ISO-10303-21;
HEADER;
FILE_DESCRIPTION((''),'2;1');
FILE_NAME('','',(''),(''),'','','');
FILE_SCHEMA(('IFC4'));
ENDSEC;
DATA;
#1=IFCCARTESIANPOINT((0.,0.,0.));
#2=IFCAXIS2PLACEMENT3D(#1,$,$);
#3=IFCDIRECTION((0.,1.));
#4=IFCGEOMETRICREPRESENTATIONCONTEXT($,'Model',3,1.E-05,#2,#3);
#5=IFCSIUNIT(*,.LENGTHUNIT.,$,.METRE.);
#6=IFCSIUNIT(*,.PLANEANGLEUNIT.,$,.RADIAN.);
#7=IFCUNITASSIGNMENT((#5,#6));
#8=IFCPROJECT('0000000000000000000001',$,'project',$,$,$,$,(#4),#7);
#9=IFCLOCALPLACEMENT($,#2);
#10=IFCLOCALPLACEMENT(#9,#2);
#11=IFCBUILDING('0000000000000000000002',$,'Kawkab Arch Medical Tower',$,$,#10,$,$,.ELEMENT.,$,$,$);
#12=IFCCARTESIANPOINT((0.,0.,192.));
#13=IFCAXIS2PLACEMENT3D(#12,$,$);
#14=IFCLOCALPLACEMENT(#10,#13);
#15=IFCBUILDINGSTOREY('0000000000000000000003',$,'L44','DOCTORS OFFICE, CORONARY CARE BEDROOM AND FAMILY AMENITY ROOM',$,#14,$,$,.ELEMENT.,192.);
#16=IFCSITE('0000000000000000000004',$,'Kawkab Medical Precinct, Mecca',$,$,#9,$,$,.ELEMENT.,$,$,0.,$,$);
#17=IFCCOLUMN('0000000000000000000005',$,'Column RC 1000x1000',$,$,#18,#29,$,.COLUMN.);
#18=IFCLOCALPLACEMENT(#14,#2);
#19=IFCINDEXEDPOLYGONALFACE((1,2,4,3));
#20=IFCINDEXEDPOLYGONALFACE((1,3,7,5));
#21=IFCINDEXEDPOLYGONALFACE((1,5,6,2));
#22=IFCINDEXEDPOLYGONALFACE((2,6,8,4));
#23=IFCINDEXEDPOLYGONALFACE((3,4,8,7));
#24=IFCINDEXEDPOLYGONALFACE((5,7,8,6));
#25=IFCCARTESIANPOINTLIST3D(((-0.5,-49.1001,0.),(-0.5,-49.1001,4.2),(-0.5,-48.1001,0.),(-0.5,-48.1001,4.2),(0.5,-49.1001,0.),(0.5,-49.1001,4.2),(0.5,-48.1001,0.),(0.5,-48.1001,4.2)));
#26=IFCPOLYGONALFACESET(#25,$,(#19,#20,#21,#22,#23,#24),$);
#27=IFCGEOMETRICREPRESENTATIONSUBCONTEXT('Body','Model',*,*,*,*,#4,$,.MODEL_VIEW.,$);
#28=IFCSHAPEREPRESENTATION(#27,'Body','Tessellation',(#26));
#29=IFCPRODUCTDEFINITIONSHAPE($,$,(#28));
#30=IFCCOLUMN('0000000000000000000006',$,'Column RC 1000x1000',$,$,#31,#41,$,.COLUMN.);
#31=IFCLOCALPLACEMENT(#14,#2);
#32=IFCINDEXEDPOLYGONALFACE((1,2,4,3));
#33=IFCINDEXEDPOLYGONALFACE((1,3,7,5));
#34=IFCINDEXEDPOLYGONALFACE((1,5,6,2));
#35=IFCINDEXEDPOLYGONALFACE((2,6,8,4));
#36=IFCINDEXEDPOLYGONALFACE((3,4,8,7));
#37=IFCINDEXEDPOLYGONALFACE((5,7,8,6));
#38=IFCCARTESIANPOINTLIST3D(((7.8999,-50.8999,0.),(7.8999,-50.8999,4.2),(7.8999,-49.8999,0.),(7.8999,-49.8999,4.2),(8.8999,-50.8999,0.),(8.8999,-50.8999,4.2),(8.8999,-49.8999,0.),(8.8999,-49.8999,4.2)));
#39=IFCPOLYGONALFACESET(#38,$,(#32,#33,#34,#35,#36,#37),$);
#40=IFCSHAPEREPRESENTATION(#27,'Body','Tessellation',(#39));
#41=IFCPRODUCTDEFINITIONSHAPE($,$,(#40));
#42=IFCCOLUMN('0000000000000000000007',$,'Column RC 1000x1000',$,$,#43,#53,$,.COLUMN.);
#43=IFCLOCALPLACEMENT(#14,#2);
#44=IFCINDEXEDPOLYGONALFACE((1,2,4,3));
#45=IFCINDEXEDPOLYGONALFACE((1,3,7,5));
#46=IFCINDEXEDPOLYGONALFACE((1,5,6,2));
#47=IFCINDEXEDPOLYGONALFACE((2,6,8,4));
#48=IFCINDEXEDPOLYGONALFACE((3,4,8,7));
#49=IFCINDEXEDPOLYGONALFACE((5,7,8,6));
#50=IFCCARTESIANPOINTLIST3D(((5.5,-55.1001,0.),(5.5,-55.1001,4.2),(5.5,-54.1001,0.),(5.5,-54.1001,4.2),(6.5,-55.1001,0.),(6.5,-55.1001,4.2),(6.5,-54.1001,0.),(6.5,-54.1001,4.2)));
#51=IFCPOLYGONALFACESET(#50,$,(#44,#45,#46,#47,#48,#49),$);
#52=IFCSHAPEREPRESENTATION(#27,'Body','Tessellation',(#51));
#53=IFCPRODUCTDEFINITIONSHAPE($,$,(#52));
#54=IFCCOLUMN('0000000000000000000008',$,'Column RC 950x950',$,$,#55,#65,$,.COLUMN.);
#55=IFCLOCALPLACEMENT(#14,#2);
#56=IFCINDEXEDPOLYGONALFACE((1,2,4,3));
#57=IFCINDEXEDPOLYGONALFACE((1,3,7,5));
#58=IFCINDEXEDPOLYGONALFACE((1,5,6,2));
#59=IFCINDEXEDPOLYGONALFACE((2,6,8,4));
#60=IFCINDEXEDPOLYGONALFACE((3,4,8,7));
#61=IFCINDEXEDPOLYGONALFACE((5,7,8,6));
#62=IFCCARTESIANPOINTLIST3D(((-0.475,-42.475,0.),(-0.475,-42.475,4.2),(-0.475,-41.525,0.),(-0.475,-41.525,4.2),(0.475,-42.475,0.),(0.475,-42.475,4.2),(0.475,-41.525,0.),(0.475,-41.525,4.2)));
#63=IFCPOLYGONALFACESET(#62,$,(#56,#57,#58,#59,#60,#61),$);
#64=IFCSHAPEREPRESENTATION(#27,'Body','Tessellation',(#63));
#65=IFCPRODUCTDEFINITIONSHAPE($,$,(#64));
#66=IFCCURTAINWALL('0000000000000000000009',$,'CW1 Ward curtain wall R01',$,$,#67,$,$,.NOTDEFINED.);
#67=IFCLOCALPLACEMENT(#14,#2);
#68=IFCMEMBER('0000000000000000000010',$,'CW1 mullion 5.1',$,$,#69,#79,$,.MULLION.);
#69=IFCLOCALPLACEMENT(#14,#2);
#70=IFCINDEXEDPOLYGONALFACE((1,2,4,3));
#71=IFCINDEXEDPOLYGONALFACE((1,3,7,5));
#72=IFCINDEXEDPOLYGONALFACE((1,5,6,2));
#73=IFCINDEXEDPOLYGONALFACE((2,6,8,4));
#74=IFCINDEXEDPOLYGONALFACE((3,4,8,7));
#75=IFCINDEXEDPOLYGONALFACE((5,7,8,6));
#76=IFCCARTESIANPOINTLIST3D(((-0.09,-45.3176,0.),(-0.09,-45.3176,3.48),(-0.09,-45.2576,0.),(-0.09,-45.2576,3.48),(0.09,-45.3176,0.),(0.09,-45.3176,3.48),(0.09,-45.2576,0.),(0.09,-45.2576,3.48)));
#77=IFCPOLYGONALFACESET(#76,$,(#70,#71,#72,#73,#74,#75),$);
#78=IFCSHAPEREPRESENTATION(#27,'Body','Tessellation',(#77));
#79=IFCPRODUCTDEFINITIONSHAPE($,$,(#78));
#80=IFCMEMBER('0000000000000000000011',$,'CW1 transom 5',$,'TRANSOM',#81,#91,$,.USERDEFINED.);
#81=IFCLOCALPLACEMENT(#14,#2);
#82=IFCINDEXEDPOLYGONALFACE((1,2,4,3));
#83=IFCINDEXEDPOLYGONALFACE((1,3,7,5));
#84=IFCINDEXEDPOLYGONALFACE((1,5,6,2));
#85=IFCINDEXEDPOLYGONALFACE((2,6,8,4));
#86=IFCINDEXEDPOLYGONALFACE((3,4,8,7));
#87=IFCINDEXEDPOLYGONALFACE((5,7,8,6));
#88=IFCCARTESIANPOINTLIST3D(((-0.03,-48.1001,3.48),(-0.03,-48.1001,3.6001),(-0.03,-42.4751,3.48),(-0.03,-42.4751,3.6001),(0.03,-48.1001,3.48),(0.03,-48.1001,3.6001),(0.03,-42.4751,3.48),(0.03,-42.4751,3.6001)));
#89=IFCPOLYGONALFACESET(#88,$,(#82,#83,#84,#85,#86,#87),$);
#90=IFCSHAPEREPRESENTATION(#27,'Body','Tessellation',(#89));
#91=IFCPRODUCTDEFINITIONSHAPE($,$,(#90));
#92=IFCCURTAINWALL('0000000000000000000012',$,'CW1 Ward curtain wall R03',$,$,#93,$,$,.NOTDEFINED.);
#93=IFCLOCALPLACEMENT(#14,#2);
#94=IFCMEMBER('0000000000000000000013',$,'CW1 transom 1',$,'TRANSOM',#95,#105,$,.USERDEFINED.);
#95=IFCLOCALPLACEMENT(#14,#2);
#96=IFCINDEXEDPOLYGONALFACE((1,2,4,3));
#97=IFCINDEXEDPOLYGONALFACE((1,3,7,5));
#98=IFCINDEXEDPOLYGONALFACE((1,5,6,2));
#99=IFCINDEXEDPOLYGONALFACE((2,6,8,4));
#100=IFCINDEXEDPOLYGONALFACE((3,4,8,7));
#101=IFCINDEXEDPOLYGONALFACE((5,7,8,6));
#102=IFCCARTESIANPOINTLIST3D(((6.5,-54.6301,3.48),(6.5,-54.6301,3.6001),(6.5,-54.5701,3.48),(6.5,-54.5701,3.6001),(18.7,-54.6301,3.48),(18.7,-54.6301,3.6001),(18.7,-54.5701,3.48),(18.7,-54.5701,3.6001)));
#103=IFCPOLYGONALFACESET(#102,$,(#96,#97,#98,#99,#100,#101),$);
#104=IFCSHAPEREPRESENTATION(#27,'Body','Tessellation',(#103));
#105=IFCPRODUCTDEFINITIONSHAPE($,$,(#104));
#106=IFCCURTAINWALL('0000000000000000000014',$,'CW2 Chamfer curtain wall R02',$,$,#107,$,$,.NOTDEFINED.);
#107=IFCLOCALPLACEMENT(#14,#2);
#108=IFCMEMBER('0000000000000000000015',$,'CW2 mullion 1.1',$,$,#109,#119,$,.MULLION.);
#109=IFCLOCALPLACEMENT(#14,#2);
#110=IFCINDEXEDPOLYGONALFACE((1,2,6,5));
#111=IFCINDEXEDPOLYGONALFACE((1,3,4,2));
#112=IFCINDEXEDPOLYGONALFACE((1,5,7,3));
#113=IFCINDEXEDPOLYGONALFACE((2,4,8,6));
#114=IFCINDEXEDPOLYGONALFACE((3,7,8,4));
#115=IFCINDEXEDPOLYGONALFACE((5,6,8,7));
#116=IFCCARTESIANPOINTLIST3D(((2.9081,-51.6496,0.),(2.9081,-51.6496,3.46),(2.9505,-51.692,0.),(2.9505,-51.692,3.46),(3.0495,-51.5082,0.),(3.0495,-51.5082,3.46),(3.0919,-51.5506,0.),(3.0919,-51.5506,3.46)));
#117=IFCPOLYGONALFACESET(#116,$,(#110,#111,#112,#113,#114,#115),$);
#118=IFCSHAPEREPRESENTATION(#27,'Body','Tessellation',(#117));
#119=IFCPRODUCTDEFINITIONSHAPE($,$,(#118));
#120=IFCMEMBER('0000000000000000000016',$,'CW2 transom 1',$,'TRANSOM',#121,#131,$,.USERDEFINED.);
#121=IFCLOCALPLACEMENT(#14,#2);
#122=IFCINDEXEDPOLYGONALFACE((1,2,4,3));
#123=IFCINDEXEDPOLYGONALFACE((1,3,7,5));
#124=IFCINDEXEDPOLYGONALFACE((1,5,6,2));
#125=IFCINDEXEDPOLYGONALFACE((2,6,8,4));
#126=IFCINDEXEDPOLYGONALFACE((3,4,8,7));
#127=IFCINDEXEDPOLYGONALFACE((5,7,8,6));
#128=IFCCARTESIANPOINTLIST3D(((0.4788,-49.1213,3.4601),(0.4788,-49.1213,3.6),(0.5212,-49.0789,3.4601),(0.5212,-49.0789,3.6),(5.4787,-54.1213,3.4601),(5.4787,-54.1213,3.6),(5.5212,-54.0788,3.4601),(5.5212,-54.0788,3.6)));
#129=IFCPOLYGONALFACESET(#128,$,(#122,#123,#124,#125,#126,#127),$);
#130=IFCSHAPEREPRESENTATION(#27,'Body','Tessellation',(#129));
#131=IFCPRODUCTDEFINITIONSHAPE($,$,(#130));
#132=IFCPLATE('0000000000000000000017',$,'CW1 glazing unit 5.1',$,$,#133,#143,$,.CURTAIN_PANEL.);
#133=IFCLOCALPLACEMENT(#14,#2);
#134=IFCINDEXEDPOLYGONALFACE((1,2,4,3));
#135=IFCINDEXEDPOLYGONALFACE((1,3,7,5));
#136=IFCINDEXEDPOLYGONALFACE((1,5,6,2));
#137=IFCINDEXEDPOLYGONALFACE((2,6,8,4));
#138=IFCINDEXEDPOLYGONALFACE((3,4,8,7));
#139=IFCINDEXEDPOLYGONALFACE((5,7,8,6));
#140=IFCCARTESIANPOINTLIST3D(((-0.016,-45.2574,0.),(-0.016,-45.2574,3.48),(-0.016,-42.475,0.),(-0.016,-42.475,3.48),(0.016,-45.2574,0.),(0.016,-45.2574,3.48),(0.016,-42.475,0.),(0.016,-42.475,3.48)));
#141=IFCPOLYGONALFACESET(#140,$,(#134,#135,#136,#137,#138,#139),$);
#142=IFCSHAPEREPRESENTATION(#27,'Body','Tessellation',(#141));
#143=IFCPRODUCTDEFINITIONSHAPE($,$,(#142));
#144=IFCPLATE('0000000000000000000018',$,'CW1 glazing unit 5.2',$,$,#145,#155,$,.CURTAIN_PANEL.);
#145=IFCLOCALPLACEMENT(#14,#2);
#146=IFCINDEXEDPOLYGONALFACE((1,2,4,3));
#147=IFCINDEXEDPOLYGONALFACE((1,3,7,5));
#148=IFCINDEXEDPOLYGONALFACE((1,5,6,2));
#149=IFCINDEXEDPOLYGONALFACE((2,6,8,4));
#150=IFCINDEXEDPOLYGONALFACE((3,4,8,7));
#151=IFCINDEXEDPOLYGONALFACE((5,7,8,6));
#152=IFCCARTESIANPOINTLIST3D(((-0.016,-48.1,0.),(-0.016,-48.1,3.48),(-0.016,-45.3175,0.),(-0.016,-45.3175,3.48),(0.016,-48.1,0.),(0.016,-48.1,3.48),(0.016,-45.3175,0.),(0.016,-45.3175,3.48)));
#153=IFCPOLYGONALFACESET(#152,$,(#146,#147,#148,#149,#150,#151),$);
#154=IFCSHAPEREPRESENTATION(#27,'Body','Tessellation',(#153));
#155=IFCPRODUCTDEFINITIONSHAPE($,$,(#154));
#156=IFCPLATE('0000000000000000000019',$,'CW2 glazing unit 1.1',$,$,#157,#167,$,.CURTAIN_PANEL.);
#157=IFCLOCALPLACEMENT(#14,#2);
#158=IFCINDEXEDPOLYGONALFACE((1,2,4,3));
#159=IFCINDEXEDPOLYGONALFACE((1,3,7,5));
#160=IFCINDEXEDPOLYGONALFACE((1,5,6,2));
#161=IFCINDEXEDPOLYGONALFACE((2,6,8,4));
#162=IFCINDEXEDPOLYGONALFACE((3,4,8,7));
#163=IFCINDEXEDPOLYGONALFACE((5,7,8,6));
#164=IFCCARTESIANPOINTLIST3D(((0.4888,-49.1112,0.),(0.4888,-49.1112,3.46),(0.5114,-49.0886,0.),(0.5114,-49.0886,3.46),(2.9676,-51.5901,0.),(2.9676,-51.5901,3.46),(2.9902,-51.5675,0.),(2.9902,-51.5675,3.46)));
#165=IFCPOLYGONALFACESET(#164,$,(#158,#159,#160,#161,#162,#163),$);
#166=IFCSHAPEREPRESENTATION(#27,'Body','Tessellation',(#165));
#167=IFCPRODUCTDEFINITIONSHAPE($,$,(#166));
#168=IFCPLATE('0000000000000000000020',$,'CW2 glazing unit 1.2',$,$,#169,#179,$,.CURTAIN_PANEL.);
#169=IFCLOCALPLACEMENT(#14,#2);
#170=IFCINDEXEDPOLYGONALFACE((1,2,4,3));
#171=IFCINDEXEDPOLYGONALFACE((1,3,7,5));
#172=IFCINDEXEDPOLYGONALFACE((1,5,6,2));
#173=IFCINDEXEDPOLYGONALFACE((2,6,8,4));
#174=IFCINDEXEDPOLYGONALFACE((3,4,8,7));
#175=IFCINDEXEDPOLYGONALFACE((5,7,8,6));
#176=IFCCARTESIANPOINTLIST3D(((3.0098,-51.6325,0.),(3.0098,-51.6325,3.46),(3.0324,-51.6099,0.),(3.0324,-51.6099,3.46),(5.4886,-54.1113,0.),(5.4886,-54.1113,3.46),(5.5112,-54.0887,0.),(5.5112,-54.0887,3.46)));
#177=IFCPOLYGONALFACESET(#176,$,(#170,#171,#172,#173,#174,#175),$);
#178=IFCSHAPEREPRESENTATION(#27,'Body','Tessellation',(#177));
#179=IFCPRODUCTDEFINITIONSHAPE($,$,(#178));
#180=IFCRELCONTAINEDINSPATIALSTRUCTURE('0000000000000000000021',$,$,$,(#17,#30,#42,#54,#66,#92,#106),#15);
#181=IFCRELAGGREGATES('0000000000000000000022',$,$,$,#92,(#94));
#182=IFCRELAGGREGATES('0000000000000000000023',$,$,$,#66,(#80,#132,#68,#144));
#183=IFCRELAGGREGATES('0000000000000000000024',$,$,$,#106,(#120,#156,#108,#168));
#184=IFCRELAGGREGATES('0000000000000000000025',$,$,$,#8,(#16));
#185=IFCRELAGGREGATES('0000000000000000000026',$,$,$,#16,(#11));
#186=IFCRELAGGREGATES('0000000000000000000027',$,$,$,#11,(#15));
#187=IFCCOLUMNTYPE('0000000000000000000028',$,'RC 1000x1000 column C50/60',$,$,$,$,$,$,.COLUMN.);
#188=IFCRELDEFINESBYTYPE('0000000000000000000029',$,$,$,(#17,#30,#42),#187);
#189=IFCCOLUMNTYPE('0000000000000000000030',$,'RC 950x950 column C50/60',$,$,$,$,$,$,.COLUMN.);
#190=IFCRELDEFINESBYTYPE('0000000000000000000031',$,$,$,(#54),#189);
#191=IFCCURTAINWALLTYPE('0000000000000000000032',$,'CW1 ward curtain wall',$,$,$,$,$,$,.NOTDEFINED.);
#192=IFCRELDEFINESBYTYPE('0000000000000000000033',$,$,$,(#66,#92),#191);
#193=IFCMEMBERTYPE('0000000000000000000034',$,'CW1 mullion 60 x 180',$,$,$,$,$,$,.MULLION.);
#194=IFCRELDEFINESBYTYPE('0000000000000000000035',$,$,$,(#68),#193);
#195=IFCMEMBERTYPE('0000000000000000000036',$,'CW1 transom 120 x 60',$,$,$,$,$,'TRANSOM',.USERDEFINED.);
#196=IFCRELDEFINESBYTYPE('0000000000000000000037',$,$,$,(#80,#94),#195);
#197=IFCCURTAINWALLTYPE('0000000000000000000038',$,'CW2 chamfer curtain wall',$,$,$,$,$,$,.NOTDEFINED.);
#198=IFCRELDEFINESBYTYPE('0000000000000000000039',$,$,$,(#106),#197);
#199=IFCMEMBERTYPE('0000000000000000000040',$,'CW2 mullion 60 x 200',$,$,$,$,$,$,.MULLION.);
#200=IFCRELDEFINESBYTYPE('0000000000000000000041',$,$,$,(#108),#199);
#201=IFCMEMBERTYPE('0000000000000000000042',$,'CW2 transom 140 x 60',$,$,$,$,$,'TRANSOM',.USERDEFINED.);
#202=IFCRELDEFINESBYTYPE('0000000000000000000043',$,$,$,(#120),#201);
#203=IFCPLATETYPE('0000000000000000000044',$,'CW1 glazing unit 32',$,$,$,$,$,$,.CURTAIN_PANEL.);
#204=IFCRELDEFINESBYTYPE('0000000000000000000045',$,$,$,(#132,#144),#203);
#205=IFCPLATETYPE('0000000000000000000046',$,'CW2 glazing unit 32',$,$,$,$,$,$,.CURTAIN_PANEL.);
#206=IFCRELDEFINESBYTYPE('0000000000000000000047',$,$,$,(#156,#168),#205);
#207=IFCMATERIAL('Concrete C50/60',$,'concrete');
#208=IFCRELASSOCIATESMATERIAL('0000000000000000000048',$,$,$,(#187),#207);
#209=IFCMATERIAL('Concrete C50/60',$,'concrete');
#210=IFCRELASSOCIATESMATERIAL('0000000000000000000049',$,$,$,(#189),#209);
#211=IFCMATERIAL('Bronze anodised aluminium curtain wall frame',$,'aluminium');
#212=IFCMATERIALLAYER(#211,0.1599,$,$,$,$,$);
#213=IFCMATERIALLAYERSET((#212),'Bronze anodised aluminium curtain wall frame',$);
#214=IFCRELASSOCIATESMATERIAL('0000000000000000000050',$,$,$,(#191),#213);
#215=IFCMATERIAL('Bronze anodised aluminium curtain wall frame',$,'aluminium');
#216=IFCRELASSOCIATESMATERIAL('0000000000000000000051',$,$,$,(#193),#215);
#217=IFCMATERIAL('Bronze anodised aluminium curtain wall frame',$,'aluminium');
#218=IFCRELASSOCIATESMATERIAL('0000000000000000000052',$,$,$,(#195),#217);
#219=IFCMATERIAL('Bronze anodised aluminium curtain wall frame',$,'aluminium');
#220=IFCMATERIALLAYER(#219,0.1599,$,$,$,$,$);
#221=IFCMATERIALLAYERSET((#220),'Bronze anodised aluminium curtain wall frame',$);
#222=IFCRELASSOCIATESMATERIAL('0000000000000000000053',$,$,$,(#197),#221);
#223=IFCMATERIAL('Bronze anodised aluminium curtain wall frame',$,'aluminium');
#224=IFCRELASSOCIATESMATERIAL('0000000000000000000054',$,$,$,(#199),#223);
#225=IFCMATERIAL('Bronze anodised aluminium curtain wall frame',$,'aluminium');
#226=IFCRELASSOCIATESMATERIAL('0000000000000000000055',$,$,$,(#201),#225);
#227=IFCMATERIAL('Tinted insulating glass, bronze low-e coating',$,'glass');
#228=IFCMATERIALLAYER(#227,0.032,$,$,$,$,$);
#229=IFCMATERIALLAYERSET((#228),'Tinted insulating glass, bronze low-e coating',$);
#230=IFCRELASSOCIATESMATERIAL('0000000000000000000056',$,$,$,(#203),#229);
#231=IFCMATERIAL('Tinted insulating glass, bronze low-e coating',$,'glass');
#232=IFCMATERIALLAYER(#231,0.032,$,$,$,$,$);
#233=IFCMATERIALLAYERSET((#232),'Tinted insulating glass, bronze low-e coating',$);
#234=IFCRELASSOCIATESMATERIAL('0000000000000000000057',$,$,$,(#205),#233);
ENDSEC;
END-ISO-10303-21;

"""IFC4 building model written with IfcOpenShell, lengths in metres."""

from ifc_helpers import new_model, si_unit, direction, frame, origin, origin_2d, place, context, subcontext, project, spatial, rectangle, extrude, material, layer, layer_set, material_profile, profile_set, type_object, element, aggregate, save


model = new_model("IFC4")

# Units and contexts
model_context = context("Model", 3, precision=1e-05, world=origin(), true_north=direction((0.0, 1.0)))
body_context = subcontext(model_context, "Body", "Model", "MODEL_VIEW")
ifc_project = project(units=[si_unit("LENGTHUNIT", "METRE"), si_unit("PLANEANGLEUNIT", "RADIAN")], contexts=[model_context])

# Site, building, storey
site_placement = place(None, origin())
site = spatial("IfcSite", under=ifc_project, at=site_placement, Name="Kawkab Medical Precinct, Mecca", CompositionType="ELEMENT", RefElevation=0.0)
building_placement = place(site_placement, origin())
building = spatial("IfcBuilding", under=site, at=building_placement, Name="Kawkab Arch Medical Tower", CompositionType="ELEMENT")
storey_placement = place(building_placement, frame((0.0, 0.0, 192.0)))
storey = spatial("IfcBuildingStorey", under=building, at=storey_placement, Name="L44", Description="DOCTORS OFFICE, CORONARY CARE BEDROOM AND FAMILY AMENITY ROOM", CompositionType="ELEMENT", Elevation=192.0)

# Columns
ifc_material_1 = material(Name="Concrete C50/60", Category="concrete")
ifc_material_profile_1 = material_profile(ifc_material_1, rectangle(XDim=1.0, YDim=1.0, at=origin_2d()), Name="RC 1000x1000")
ifc_profile_set_1 = profile_set([ifc_material_profile_1], Name="Concrete C50/60")
column_type_1 = type_object("IfcColumnType", Name="RC 1000x1000 column C50/60", PredefinedType="COLUMN", material=ifc_profile_set_1)
for number, where, z_axis, x_axis, name in (
    (1, (0.0, -48.6001, 0.0), (0.0, 0.0, 1.0), (1.0, 0.0, 0.0), "Column RC 1000x1000"),
    (2, (8.3999, -50.3999, 0.0), (0.0, 0.0, 1.0), (1.0, 0.0, 0.0), "Column RC 1000x1000"),
    (3, (6.0, -54.6001, 0.0), (0.0, 0.0, 1.0), (1.0, 0.0, 0.0), "Column RC 1000x1000"),
):
    element("IfcColumn", number, at=place(storey_placement, frame(where, z_axis=z_axis, x_axis=x_axis)), inside=storey, type_object=column_type_1, Name=name, PredefinedType="COLUMN", context=body_context, shape_type="SweptSolid", body=[
        extrude(rectangle(XDim=1.0, YDim=1.0, at=origin_2d()), origin(), (0.0, 0.0, 1.0), 4.2),
    ])
ifc_material_2 = material(Name="Concrete C50/60", Category="concrete")
ifc_material_profile_2 = material_profile(ifc_material_2, rectangle(XDim=0.95, YDim=0.95, at=origin_2d()), Name="RC 950x950")
ifc_profile_set_2 = profile_set([ifc_material_profile_2], Name="Concrete C50/60")
column_type_2 = type_object("IfcColumnType", Name="RC 950x950 column C50/60", PredefinedType="COLUMN", material=ifc_profile_set_2)
column_placement = place(storey_placement, frame((0.0, -42.0, 0.0), z_axis=(0.0, 0.0, 1.0), x_axis=(1.0, 0.0, 0.0)))
element("IfcColumn", 4, at=column_placement, inside=storey, type_object=column_type_2, Name="Column RC 950x950", PredefinedType="COLUMN", context=body_context, shape_type="SweptSolid", body=[
    extrude(rectangle(XDim=0.95, YDim=0.95, at=origin_2d()), origin(), (0.0, 0.0, 1.0), 4.2),
])

# Curtain wall, members
ifc_material_3 = material(Name="Bronze anodised aluminium curtain wall frame", Category="aluminium")
ifc_layer_1 = layer(ifc_material_3, 0.1599)
ifc_layer_set_1 = layer_set([ifc_layer_1], Name="Bronze anodised aluminium curtain wall frame")
curtain_wall_type_1 = type_object("IfcCurtainWallType", Name="CW1 ward curtain wall", PredefinedType="NOTDEFINED", material=ifc_layer_set_1)
placement = place(storey_placement, origin())
curtain_wall_1 = element("IfcCurtainWall", 5, at=placement, inside=storey, type_object=curtain_wall_type_1, Name="CW1 Ward curtain wall R01", PredefinedType="NOTDEFINED")
ifc_material_4 = material(Name="Bronze anodised aluminium curtain wall frame", Category="aluminium")
ifc_material_profile_3 = material_profile(ifc_material_4, rectangle(XDim=0.1799, YDim=0.0601, at=origin_2d()), Name="AL 60x180")
ifc_profile_set_3 = profile_set([ifc_material_profile_3], Name="Bronze anodised aluminium curtain wall frame")
member_type_1 = type_object("IfcMemberType", Name="CW1 mullion 60 x 180", PredefinedType="MULLION", material=ifc_profile_set_3)
member_1_placement = place(storey_placement, frame((0.0, -45.2876, 0.0), z_axis=(0.0, 0.0, 1.0), x_axis=(1.0, 0.0, 0.0)))
member_1 = element("IfcMember", 6, at=member_1_placement, type_object=member_type_1, Name="CW1 mullion 5.1", PredefinedType="MULLION", context=body_context, shape_type="SweptSolid", body=[
    extrude(rectangle(XDim=0.1799, YDim=0.0601, at=origin_2d()), origin(), (0.0, 0.0, 1.0), 3.48),
])
ifc_material_5 = material(Name="Bronze anodised aluminium curtain wall frame", Category="aluminium")
ifc_material_profile_4 = material_profile(ifc_material_5, rectangle(XDim=0.0601, YDim=0.1201, at=origin_2d()), Name="AL 60x120")
ifc_profile_set_4 = profile_set([ifc_material_profile_4], Name="Bronze anodised aluminium curtain wall frame")
member_type_2 = type_object("IfcMemberType", Name="CW1 transom 120 x 60", ElementType="TRANSOM", PredefinedType="USERDEFINED", material=ifc_profile_set_4)
member_2_placement = place(storey_placement, frame((0.0, -42.4751, 3.54), z_axis=(0.0, -1.0, 0.0), x_axis=(1.0, 0.0, 0.0)))
member_2 = element("IfcMember", 7, at=member_2_placement, type_object=member_type_2, Name="CW1 transom 5", ObjectType="TRANSOM", PredefinedType="USERDEFINED", context=body_context, shape_type="SweptSolid", body=[
    extrude(rectangle(XDim=0.0601, YDim=0.1201, at=origin_2d()), origin(), (0.0, 0.0, 1.0), 5.625),
])

# Curtain wall, member
curtain_wall_2 = element("IfcCurtainWall", 8, at=placement, inside=storey, type_object=curtain_wall_type_1, Name="CW1 Ward curtain wall R03", PredefinedType="NOTDEFINED")
member_3_placement = place(storey_placement, frame((6.5, -54.6001, 3.54), z_axis=(1.0, 0.0, 0.0), x_axis=(0.0, 1.0, 0.0)))
member_3 = element("IfcMember", 9, at=member_3_placement, type_object=member_type_2, Name="CW1 transom 1", ObjectType="TRANSOM", PredefinedType="USERDEFINED", context=body_context, shape_type="SweptSolid", body=[
    extrude(rectangle(XDim=0.0601, YDim=0.1201, at=origin_2d()), origin(), (0.0, 0.0, 1.0), 12.2),
])
aggregate(curtain_wall_2, [member_3])

# Curtain wall, members
ifc_material_6 = material(Name="Bronze anodised aluminium curtain wall frame", Category="aluminium")
ifc_layer_2 = layer(ifc_material_6, 0.1599)
ifc_layer_set_2 = layer_set([ifc_layer_2], Name="Bronze anodised aluminium curtain wall frame")
curtain_wall_type_2 = type_object("IfcCurtainWallType", Name="CW2 chamfer curtain wall", PredefinedType="NOTDEFINED", material=ifc_layer_set_2)
curtain_wall_3 = element("IfcCurtainWall", 10, at=placement, inside=storey, type_object=curtain_wall_type_2, Name="CW2 Chamfer curtain wall R02", PredefinedType="NOTDEFINED")
ifc_material_7 = material(Name="Bronze anodised aluminium curtain wall frame", Category="aluminium")
ifc_material_profile_5 = material_profile(ifc_material_7, rectangle(XDim=0.2, YDim=0.0601, at=origin_2d()), Name="AL 60x200")
ifc_profile_set_5 = profile_set([ifc_material_profile_5], Name="Bronze anodised aluminium curtain wall frame")
member_type_3 = type_object("IfcMemberType", Name="CW2 mullion 60 x 200", PredefinedType="MULLION", material=ifc_profile_set_5)
member_4_placement = place(storey_placement, frame((3.0, -51.6001, 0.0), z_axis=(0.0, 0.0, 1.0), x_axis=(0.707107, 0.707107, 0.0)))
member_4 = element("IfcMember", 11, at=member_4_placement, type_object=member_type_3, Name="CW2 mullion 1.1", PredefinedType="MULLION", context=body_context, shape_type="SweptSolid", body=[
    extrude(rectangle(XDim=0.2, YDim=0.0601, at=origin_2d()), origin(), (0.0, 0.0, 1.0), 3.46),
])
ifc_material_8 = material(Name="Bronze anodised aluminium curtain wall frame", Category="aluminium")
ifc_material_profile_6 = material_profile(ifc_material_8, rectangle(XDim=0.0601, YDim=0.1399, at=origin_2d()), Name="AL 60x140")
ifc_profile_set_6 = profile_set([ifc_material_profile_6], Name="Bronze anodised aluminium curtain wall frame")
member_type_4 = type_object("IfcMemberType", Name="CW2 transom 140 x 60", ElementType="TRANSOM", PredefinedType="USERDEFINED", material=ifc_profile_set_6)
member_5_placement = place(storey_placement, frame((0.5, -49.1001, 3.53), z_axis=(0.707107, -0.707107, 0.0), x_axis=(0.707107, 0.707107, 0.0)))
member_5 = element("IfcMember", 12, at=member_5_placement, type_object=member_type_4, Name="CW2 transom 1", ObjectType="TRANSOM", PredefinedType="USERDEFINED", context=body_context, shape_type="SweptSolid", body=[
    extrude(rectangle(XDim=0.0601, YDim=0.1399, at=origin_2d()), origin(), (0.0, 0.0, 1.0), 7.071),
])

# Plates
ifc_material_9 = material(Name="Tinted insulating glass, bronze low-e coating", Category="glass")
ifc_layer_3 = layer(ifc_material_9, 0.032)
ifc_layer_set_3 = layer_set([ifc_layer_3], Name="Tinted insulating glass, bronze low-e coating")
plate_type_1 = type_object("IfcPlateType", Name="CW1 glazing unit 32", PredefinedType="CURTAIN_PANEL", material=ifc_layer_set_3)
plate_1_placement = place(storey_placement, frame((0.0, -43.8662, 0.0), z_axis=(0.0, 0.0, 1.0), x_axis=(0.0, -1.0, 0.0)))
plate_1 = element("IfcPlate", 13, at=plate_1_placement, type_object=plate_type_1, Name="CW1 glazing unit 5.1", PredefinedType="CURTAIN_PANEL", context=body_context, shape_type="SweptSolid", body=[
    extrude(rectangle(XDim=2.7825, YDim=0.032, at=origin_2d()), origin(), (0.0, 0.0, 1.0), 3.48),
])
plate_2_placement = place(storey_placement, frame((0.0, -46.7087, 0.0), z_axis=(0.0, 0.0, 1.0), x_axis=(0.0, -1.0, 0.0)))
plate_2 = element("IfcPlate", 14, at=plate_2_placement, type_object=plate_type_1, Name="CW1 glazing unit 5.2", PredefinedType="CURTAIN_PANEL", context=body_context, shape_type="SweptSolid", body=[
    extrude(rectangle(XDim=2.7825, YDim=0.032, at=origin_2d()), origin(), (0.0, 0.0, 1.0), 3.48),
])
aggregate(curtain_wall_1, [member_2, plate_1, member_1, plate_2])
ifc_material_10 = material(Name="Tinted insulating glass, bronze low-e coating", Category="glass")
ifc_layer_4 = layer(ifc_material_10, 0.032)
ifc_layer_set_4 = layer_set([ifc_layer_4], Name="Tinted insulating glass, bronze low-e coating")
plate_type_2 = type_object("IfcPlateType", Name="CW2 glazing unit 32", PredefinedType="CURTAIN_PANEL", material=ifc_layer_set_4)
plate_3_placement = place(storey_placement, frame((1.7395, -50.3394, 0.0), z_axis=(0.0, 0.0, 1.0), x_axis=(0.707107, -0.707107, 0.0)))
plate_3 = element("IfcPlate", 15, at=plate_3_placement, type_object=plate_type_2, Name="CW2 glazing unit 1.1", PredefinedType="CURTAIN_PANEL", context=body_context, shape_type="SweptSolid", body=[
    extrude(rectangle(XDim=3.5056, YDim=0.032, at=origin_2d()), origin(), (0.0, 0.0, 1.0), 3.46),
])
plate_4_placement = place(storey_placement, frame((4.2605, -52.8606, 0.0), z_axis=(0.0, 0.0, 1.0), x_axis=(0.707107, -0.707107, 0.0)))
plate_4 = element("IfcPlate", 16, at=plate_4_placement, type_object=plate_type_2, Name="CW2 glazing unit 1.2", PredefinedType="CURTAIN_PANEL", context=body_context, shape_type="SweptSolid", body=[
    extrude(rectangle(XDim=3.5056, YDim=0.032, at=origin_2d()), origin(), (0.0, 0.0, 1.0), 3.46),
])
aggregate(curtain_wall_3, [member_5, plate_3, member_4, plate_4])

save(model, "model.ifc")
